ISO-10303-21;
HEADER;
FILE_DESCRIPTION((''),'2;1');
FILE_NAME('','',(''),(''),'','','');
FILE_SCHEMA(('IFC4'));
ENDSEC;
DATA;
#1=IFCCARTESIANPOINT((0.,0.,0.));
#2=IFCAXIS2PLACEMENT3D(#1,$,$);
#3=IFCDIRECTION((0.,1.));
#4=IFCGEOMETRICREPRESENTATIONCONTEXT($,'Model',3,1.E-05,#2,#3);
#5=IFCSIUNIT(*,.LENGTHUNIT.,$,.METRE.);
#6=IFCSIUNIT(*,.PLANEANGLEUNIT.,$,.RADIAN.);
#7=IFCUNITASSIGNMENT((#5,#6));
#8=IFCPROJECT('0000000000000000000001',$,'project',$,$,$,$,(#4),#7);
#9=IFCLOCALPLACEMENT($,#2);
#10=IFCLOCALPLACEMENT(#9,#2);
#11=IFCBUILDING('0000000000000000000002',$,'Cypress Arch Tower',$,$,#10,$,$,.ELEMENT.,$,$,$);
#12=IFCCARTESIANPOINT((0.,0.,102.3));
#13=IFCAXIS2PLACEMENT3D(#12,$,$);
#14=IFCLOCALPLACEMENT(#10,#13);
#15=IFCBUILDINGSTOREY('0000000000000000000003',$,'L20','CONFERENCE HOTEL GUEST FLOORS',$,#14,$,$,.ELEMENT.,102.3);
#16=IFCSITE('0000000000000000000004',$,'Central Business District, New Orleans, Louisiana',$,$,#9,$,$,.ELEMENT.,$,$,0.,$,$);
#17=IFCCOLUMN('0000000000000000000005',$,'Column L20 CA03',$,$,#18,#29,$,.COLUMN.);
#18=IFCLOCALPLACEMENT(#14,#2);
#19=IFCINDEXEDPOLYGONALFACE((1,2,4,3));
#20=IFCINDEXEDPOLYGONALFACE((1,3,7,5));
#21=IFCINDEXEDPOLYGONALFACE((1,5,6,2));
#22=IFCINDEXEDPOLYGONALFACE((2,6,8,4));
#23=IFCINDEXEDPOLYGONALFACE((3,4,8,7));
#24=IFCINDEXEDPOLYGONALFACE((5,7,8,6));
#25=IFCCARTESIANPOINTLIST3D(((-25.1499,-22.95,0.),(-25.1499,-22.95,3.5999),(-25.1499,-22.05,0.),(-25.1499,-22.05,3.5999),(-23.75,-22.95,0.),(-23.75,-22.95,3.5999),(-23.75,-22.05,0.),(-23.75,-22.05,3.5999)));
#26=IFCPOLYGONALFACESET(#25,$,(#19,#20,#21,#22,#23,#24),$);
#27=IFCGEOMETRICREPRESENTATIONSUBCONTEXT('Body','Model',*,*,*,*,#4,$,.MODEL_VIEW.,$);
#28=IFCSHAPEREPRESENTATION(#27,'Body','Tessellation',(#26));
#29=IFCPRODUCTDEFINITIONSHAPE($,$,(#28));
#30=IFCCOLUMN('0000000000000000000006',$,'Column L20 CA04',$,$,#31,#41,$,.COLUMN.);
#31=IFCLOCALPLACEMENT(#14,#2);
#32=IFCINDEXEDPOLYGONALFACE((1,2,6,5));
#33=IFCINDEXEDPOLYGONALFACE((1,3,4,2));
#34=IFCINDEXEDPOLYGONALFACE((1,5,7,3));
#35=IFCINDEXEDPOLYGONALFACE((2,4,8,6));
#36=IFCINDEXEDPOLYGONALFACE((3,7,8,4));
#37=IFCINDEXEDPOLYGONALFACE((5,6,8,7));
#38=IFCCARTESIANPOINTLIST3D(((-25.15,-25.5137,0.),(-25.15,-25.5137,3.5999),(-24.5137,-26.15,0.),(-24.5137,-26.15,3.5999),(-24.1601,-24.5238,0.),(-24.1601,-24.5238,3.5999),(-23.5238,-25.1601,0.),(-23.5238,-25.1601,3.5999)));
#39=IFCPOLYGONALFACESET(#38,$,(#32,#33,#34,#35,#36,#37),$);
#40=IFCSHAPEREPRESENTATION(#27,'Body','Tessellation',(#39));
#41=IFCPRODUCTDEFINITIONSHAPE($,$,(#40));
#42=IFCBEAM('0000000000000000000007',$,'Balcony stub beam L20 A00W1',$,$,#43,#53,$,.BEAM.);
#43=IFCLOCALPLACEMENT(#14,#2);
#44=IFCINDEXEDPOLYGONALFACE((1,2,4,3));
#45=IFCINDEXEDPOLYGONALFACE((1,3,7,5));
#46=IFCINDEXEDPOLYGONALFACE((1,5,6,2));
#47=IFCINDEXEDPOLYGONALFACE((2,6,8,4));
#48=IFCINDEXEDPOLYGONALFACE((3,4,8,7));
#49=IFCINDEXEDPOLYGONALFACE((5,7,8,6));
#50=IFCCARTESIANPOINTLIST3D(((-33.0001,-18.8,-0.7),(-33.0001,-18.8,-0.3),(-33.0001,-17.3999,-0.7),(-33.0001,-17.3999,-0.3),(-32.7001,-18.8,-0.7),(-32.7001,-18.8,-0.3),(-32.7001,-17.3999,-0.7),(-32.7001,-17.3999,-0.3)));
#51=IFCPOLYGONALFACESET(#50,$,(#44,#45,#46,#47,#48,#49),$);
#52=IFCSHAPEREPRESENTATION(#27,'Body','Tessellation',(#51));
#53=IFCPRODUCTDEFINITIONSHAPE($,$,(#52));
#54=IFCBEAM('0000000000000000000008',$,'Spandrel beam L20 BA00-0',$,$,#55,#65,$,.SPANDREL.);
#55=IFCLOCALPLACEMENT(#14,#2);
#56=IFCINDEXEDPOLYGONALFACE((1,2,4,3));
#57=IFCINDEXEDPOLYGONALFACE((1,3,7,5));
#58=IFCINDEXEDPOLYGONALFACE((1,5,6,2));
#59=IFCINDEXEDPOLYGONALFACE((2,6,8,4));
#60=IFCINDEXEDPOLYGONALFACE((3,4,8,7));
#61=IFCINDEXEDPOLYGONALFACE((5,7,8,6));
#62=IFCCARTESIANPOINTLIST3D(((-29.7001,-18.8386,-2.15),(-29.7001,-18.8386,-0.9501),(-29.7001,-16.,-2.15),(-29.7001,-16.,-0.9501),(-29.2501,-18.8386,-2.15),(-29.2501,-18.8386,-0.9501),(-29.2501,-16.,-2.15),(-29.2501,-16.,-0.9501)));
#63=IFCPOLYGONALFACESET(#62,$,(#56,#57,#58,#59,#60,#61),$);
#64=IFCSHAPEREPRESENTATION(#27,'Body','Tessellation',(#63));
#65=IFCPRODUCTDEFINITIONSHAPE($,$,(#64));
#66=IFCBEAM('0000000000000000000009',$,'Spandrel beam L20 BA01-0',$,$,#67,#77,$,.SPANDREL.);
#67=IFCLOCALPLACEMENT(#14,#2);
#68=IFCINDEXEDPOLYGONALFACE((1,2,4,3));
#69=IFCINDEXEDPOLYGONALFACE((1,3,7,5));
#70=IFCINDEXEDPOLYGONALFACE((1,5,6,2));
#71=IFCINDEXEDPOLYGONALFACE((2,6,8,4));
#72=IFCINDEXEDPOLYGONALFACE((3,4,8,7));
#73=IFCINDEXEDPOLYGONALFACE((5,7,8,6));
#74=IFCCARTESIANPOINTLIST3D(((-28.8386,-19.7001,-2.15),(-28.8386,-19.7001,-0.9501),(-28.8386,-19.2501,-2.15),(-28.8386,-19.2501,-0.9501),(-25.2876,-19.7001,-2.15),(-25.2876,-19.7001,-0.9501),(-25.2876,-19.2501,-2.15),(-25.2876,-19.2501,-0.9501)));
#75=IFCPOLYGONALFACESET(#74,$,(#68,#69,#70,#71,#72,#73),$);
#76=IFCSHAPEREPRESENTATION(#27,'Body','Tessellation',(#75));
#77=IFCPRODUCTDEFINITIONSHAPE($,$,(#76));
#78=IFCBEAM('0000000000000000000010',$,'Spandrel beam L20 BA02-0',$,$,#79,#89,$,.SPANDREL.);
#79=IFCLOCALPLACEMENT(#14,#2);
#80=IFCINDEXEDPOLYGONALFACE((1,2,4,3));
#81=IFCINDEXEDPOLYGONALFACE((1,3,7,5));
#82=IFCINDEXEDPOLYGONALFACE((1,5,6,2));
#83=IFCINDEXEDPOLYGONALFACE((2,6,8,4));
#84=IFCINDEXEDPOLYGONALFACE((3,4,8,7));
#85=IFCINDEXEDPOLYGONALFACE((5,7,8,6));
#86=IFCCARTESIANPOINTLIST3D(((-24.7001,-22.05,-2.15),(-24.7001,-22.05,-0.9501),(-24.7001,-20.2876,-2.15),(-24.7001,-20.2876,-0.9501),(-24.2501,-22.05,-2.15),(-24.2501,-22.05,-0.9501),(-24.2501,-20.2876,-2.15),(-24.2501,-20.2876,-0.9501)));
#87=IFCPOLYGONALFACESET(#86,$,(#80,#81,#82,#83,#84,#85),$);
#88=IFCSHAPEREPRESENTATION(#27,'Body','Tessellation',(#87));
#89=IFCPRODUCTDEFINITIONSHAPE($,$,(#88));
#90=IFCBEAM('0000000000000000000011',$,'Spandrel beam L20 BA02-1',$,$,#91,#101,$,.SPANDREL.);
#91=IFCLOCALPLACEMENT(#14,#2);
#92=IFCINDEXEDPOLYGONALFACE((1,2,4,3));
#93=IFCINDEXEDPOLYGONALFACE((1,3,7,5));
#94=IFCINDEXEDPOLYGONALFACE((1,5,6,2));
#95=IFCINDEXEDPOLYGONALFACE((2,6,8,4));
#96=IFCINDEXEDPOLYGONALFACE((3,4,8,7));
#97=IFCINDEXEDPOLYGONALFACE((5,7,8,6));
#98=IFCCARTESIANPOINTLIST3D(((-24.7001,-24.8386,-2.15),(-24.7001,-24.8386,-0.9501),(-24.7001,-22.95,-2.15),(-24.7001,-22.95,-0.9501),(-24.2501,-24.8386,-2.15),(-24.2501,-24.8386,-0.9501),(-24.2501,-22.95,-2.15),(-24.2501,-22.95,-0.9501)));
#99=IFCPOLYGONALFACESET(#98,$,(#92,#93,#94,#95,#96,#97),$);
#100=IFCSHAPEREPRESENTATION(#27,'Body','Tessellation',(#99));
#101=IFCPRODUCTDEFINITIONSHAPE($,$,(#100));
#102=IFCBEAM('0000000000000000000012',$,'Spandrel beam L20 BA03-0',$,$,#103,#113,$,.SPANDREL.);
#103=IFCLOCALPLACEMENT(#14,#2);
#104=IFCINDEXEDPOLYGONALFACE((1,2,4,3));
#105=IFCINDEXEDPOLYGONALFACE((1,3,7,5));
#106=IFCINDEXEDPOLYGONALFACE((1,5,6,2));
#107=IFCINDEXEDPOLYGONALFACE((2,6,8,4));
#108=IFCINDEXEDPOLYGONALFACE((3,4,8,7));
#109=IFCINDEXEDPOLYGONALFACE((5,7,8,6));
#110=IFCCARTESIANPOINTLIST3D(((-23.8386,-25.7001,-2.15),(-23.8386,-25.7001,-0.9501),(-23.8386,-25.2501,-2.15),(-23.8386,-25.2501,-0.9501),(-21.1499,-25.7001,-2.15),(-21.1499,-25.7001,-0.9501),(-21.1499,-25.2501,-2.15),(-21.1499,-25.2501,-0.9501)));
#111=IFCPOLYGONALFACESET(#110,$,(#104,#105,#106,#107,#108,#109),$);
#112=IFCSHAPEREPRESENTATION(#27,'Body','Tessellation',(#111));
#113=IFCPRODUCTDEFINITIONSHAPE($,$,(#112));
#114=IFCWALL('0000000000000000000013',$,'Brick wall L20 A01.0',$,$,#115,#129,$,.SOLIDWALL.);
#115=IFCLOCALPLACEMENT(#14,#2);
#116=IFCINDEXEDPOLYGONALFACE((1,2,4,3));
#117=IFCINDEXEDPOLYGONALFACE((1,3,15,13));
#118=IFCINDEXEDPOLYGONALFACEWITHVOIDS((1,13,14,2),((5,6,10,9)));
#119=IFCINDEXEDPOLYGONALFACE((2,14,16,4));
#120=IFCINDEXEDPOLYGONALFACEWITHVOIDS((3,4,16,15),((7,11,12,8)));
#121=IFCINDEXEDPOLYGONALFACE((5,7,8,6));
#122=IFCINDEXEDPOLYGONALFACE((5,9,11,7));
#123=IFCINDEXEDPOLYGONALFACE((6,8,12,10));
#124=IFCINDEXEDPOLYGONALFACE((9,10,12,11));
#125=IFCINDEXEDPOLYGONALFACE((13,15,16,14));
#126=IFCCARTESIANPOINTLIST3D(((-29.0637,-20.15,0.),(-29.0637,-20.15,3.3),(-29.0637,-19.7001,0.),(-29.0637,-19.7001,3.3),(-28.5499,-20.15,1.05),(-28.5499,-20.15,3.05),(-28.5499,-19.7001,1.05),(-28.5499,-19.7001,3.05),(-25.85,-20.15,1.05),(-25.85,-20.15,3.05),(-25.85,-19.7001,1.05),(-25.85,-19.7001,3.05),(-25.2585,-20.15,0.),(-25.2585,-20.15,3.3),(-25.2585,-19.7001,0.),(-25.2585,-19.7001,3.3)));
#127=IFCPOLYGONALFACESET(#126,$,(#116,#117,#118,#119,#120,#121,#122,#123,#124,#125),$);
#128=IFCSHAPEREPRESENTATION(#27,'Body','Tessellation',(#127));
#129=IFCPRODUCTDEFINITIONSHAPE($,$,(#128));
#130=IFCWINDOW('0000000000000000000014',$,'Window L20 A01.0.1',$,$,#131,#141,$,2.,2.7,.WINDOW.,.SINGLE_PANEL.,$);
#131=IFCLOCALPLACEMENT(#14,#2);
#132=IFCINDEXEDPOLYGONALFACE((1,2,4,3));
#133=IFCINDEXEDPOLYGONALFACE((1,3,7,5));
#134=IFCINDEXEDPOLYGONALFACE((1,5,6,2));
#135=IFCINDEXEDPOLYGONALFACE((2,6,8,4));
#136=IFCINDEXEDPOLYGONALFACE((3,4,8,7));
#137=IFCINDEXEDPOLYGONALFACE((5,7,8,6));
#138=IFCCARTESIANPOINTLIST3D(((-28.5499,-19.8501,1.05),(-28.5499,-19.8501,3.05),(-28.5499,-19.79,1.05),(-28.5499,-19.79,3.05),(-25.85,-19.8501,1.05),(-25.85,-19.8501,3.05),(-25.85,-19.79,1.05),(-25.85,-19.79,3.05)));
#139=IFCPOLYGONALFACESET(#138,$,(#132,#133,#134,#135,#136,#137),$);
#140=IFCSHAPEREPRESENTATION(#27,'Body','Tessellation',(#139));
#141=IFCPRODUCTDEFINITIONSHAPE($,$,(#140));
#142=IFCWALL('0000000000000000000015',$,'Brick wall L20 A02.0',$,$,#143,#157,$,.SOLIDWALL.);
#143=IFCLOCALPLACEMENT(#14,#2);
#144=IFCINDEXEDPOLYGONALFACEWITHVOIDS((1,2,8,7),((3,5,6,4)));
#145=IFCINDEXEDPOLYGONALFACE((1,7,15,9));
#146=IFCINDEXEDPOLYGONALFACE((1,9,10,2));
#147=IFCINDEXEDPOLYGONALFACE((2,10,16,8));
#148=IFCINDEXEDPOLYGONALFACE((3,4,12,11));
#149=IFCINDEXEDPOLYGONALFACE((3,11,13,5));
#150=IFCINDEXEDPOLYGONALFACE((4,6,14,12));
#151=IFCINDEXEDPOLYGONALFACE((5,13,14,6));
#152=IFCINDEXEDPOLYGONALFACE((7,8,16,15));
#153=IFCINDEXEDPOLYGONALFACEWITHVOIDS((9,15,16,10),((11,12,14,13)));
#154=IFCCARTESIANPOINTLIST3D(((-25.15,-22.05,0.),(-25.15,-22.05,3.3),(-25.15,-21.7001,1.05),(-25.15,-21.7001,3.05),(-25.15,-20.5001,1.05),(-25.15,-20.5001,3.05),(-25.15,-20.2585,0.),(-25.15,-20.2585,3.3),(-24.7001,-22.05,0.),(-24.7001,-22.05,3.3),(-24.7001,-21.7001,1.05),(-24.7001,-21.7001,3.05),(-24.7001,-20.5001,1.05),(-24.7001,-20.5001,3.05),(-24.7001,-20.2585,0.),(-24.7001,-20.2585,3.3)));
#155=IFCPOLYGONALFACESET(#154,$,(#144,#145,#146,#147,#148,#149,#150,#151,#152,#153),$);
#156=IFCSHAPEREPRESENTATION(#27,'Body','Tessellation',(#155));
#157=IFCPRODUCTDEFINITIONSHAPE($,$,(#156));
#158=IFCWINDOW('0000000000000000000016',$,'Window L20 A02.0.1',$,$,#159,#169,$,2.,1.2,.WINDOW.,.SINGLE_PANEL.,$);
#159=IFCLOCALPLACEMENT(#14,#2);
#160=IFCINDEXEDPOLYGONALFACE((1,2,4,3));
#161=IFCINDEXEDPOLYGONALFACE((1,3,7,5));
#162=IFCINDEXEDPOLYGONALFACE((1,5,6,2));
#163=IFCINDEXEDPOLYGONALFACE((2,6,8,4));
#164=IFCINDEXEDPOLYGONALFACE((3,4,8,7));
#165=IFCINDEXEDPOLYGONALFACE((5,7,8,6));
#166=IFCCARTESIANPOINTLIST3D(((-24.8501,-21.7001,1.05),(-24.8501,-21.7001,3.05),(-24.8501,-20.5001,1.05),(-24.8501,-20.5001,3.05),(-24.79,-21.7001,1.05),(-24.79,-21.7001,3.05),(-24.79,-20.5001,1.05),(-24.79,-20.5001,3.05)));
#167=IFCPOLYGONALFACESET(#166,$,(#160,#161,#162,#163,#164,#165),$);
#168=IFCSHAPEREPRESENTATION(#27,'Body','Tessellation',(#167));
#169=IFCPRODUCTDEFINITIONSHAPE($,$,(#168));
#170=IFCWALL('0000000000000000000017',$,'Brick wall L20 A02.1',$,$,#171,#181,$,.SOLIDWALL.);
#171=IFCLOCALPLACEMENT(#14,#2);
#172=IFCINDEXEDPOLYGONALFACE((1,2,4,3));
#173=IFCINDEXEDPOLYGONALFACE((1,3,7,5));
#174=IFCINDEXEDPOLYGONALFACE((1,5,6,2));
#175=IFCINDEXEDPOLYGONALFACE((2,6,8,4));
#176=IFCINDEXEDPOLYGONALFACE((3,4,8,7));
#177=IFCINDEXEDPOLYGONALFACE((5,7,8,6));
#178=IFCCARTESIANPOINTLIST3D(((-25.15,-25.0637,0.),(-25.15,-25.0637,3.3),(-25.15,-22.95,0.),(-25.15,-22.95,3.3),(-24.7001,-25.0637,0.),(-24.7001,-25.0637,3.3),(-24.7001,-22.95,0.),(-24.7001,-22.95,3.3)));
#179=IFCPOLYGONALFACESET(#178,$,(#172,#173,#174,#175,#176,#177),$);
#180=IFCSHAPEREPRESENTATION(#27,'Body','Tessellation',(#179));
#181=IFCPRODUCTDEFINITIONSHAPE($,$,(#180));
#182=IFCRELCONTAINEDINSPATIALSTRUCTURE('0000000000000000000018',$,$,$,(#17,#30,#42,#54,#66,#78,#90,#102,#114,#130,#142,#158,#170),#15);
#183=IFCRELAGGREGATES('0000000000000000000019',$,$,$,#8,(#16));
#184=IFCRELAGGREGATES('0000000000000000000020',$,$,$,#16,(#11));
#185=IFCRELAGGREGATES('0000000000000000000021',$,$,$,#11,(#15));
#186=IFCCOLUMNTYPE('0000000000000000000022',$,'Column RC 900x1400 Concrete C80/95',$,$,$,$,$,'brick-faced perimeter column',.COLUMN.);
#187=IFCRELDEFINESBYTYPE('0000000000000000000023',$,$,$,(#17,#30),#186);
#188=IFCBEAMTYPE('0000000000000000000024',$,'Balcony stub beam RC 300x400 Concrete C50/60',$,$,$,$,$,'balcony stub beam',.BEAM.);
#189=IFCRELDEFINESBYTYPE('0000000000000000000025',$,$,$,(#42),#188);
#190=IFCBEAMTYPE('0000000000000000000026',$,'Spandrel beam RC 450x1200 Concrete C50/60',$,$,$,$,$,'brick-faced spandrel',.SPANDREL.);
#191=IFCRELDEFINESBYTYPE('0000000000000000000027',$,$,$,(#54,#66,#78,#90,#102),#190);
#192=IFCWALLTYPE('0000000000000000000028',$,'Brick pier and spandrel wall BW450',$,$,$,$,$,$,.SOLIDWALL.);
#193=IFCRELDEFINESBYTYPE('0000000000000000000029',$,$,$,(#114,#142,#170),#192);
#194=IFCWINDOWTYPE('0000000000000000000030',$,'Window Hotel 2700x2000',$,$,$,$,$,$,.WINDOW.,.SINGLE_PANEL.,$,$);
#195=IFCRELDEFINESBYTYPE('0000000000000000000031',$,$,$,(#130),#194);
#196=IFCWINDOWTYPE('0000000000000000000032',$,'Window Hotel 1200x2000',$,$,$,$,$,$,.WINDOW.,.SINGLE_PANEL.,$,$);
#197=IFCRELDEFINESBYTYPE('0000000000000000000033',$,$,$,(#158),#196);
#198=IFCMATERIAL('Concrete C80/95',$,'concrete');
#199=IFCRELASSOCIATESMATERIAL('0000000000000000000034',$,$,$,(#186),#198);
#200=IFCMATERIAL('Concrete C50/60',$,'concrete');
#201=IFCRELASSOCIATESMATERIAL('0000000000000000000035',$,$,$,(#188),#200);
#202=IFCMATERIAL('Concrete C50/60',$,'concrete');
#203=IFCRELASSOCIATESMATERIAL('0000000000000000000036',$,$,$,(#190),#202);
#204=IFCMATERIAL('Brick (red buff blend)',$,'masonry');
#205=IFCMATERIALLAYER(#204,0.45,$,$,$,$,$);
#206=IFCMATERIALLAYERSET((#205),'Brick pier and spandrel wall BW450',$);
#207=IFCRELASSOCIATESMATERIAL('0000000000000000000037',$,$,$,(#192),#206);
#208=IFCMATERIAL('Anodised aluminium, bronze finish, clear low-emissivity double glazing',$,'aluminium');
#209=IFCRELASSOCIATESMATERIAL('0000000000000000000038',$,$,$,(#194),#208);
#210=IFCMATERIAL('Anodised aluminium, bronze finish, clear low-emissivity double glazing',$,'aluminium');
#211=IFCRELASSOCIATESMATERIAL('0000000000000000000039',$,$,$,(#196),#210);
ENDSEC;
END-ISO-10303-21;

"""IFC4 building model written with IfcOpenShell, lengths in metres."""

from ifc_helpers import new_model, si_unit, direction, frame, frame_2d, origin, origin_2d, place, context, subcontext, project, spatial, rectangle, extrude, material, layer, layer_set, material_profile, profile_set, type_object, element, fill, save


model = new_model("IFC4")

# Units and contexts
model_context = context("Model", 3, precision=1e-05, world=origin(), true_north=direction((0.0, 1.0)))
body_context = subcontext(model_context, "Body", "Model", "MODEL_VIEW")
ifc_project = project(units=[si_unit("LENGTHUNIT", "METRE"), si_unit("PLANEANGLEUNIT", "RADIAN")], contexts=[model_context])

# Site, building, storey
site_placement = place(None, origin())
site = spatial("IfcSite", under=ifc_project, at=site_placement, Name="Central Business District, New Orleans, Louisiana", CompositionType="ELEMENT", RefElevation=0.0)
building_placement = place(site_placement, origin())
building = spatial("IfcBuilding", under=site, at=building_placement, Name="Cypress Arch Tower", CompositionType="ELEMENT")
storey_placement = place(building_placement, frame((0.0, 0.0, 102.3)))
storey = spatial("IfcBuildingStorey", under=building, at=storey_placement, Name="L20", Description="CONFERENCE HOTEL GUEST FLOORS", CompositionType="ELEMENT", Elevation=102.3)

# Columns
ifc_material_1 = material(Name="Concrete C80/95", Category="concrete")
ifc_material_profile_1 = material_profile(ifc_material_1, rectangle(XDim=0.8999, YDim=1.3999, at=origin_2d()), Name="RC 900x1400")
ifc_profile_set_1 = profile_set([ifc_material_profile_1], Name="Concrete C80/95")
column_type = type_object("IfcColumnType", Name="Column RC 900x1400 Concrete C80/95", ElementType="brick-faced perimeter column", PredefinedType="COLUMN", material=ifc_profile_set_1)
for number, where, z_axis, x_axis, name in (
    (1, (-24.45, -22.5, 0.0), (0.0, 0.0, 1.0), (0.0, -1.0, 0.0), "Column L20 CA03"),
    (2, (-24.3369, -25.3369, 0.0), (0.0, 0.0, 1.0), (0.707107, -0.707107, 0.0), "Column L20 CA04"),
):
    element("IfcColumn", number, at=place(storey_placement, frame(where, z_axis=z_axis, x_axis=x_axis)), inside=storey, type_object=column_type, Name=name, PredefinedType="COLUMN", context=body_context, shape_type="SweptSolid", body=[
        extrude(rectangle(XDim=0.8999, YDim=1.3999, at=origin_2d()), origin(), (0.0, 0.0, 1.0), 3.5999),
    ])

# Beams
ifc_material_2 = material(Name="Concrete C50/60", Category="concrete")
ifc_material_profile_2 = material_profile(ifc_material_2, rectangle(XDim=0.3, YDim=0.3999, at=origin_2d()), Name="RC 300x400")
ifc_profile_set_2 = profile_set([ifc_material_profile_2], Name="Concrete C50/60")
beam_type_1 = type_object("IfcBeamType", Name="Balcony stub beam RC 300x400 Concrete C50/60", ElementType="balcony stub beam", PredefinedType="BEAM", material=ifc_profile_set_2)
beam_1_placement = place(storey_placement, frame((-32.8501, -17.3999, -0.5), z_axis=(0.0, -1.0, 0.0), x_axis=(1.0, 0.0, 0.0)))
element("IfcBeam", 3, at=beam_1_placement, inside=storey, type_object=beam_type_1, Name="Balcony stub beam L20 A00W1", PredefinedType="BEAM", context=body_context, shape_type="SweptSolid", body=[
    extrude(rectangle(XDim=0.3, YDim=0.3999, at=origin_2d()), origin(), (0.0, 0.0, 1.0), 1.4001),
])
ifc_material_3 = material(Name="Concrete C50/60", Category="concrete")
ifc_material_profile_3 = material_profile(ifc_material_3, rectangle(XDim=0.45, YDim=1.2, at=origin_2d()), Name="RC 450x1200")
ifc_profile_set_3 = profile_set([ifc_material_profile_3], Name="Concrete C50/60")
beam_type_2 = type_object("IfcBeamType", Name="Spandrel beam RC 450x1200 Concrete C50/60", ElementType="brick-faced spandrel", PredefinedType="SPANDREL", material=ifc_profile_set_3)
beam_2_placement = place(storey_placement, frame((-29.4751, -16.0, -1.55), z_axis=(0.0, -1.0, 0.0), x_axis=(1.0, 0.0, 0.0)))
element("IfcBeam", 4, at=beam_2_placement, inside=storey, type_object=beam_type_2, Name="Spandrel beam L20 BA00-0", PredefinedType="SPANDREL", context=body_context, shape_type="SweptSolid", body=[
    extrude(rectangle(XDim=0.45, YDim=1.2, at=origin_2d()), origin(), (0.0, 0.0, 1.0), 2.8386),
])
beam_3_placement = place(storey_placement, frame((-28.8386, -19.4751, -1.55), z_axis=(1.0, 0.0, 0.0), x_axis=(0.0, 1.0, 0.0)))
element("IfcBeam", 5, at=beam_3_placement, inside=storey, type_object=beam_type_2, Name="Spandrel beam L20 BA01-0", PredefinedType="SPANDREL", context=body_context, shape_type="SweptSolid", body=[
    extrude(rectangle(XDim=0.45, YDim=1.2, at=origin_2d()), origin(), (0.0, 0.0, 1.0), 3.551),
])
beam_4_placement = place(storey_placement, frame((-24.4751, -20.2876, -1.55), z_axis=(0.0, -1.0, 0.0), x_axis=(1.0, 0.0, 0.0)))
element("IfcBeam", 6, at=beam_4_placement, inside=storey, type_object=beam_type_2, Name="Spandrel beam L20 BA02-0", PredefinedType="SPANDREL", context=body_context, shape_type="SweptSolid", body=[
    extrude(rectangle(XDim=0.45, YDim=1.2, at=origin_2d()), origin(), (0.0, 0.0, 1.0), 1.7625),
])
beam_5_placement = place(storey_placement, frame((-24.4751, -22.95, -1.55), z_axis=(0.0, -1.0, 0.0), x_axis=(1.0, 0.0, 0.0)))
element("IfcBeam", 7, at=beam_5_placement, inside=storey, type_object=beam_type_2, Name="Spandrel beam L20 BA02-1", PredefinedType="SPANDREL", context=body_context, shape_type="SweptSolid", body=[
    extrude(rectangle(XDim=0.45, YDim=1.2, at=origin_2d()), origin(), (0.0, 0.0, 1.0), 1.8887),
])
beam_6_placement = place(storey_placement, frame((-23.8386, -25.4751, -1.55), z_axis=(1.0, 0.0, 0.0), x_axis=(0.0, 1.0, 0.0)))
element("IfcBeam", 8, at=beam_6_placement, inside=storey, type_object=beam_type_2, Name="Spandrel beam L20 BA03-0", PredefinedType="SPANDREL", context=body_context, shape_type="SweptSolid", body=[
    extrude(rectangle(XDim=0.45, YDim=1.2, at=origin_2d()), origin(), (0.0, 0.0, 1.0), 2.6887),
])

# Walls, openings, windows
ifc_material_4 = material(Name="Brick (red buff blend)", Category="masonry")
ifc_layer = layer(ifc_material_4, 0.45)
ifc_layer_set = layer_set([ifc_layer], Name="Brick pier and spandrel wall BW450")
wall_type = type_object("IfcWallType", Name="Brick pier and spandrel wall BW450", PredefinedType="SOLIDWALL", material=ifc_layer_set)
wall_1_placement = place(storey_placement, frame((-29.0637, -19.925, 0.0), z_axis=(0.0, 0.0, 1.0), x_axis=(1.0, 0.0, 0.0)))
wall_1 = element("IfcWall", 9, at=wall_1_placement, inside=storey, type_object=wall_type, Name="Brick wall L20 A01.0", PredefinedType="SOLIDWALL", context=body_context, shape_type="SweptSolid", body=[
    extrude(rectangle(XDim=3.8052, YDim=0.45, at=frame_2d((1.9026, 0.0))), origin(), (0.0, 0.0, 1.0), 3.3),
])
opening_1_placement = place(wall_1_placement, frame((0.5137, 0.0, 1.05)))
opening_1 = element("IfcOpeningElement", 10, at=opening_1_placement, cuts=wall_1, PredefinedType="OPENING", context=body_context, shape_type="SweptSolid", body=[
    extrude(rectangle(XDim=2.7, YDim=2.0, at=frame_2d((1.3501, 1.0))), frame((0.0, 0.2349, 0.0), z_axis=(0.0, -1.0, 0.0), x_axis=(1.0, 0.0, 0.0)), (0.0, 0.0, 1.0), 0.47),
])
ifc_material_5 = material(Name="Anodised aluminium, bronze finish, clear low-emissivity double glazing", Category="aluminium")
window_type_1 = type_object("IfcWindowType", Name="Window Hotel 2700x2000", PartitioningType="SINGLE_PANEL", PredefinedType="WINDOW", material=ifc_material_5)
window_1_placement = place(opening_1_placement, origin())
window_1 = element("IfcWindow", 11, at=window_1_placement, inside=storey, type_object=window_type_1, Name="Window L20 A01.0.1", OverallHeight=2.0, OverallWidth=2.7, PartitioningType="SINGLE_PANEL", PredefinedType="WINDOW", context=body_context, shape_type="SweptSolid", body=[
    extrude(rectangle(XDim=2.7, YDim=2.0, at=frame_2d((1.3501, 1.0))), frame((0.0, 0.135, 0.0), z_axis=(0.0, -1.0, 0.0), x_axis=(1.0, 0.0, 0.0)), (0.0, 0.0, 1.0), 0.0601),
])
fill(opening_1, window_1)
wall_2_placement = place(storey_placement, frame((-24.925, -20.2585, 0.0), z_axis=(0.0, 0.0, 1.0), x_axis=(0.0, -1.0, 0.0)))
wall_2 = element("IfcWall", 12, at=wall_2_placement, inside=storey, type_object=wall_type, Name="Brick wall L20 A02.0", PredefinedType="SOLIDWALL", context=body_context, shape_type="SweptSolid", body=[
    extrude(rectangle(XDim=1.7915, YDim=0.45, at=frame_2d((0.8958, 0.0))), origin(), (0.0, 0.0, 1.0), 3.3),
])
opening_2_placement = place(wall_2_placement, frame((0.2415, 0.0, 1.05)))
opening_2 = element("IfcOpeningElement", 13, at=opening_2_placement, cuts=wall_2, PredefinedType="OPENING", context=body_context, shape_type="SweptSolid", body=[
    extrude(rectangle(XDim=1.2, YDim=2.0, at=frame_2d((0.6001, 1.0))), frame((0.0, 0.2349, 0.0), z_axis=(0.0, -1.0, 0.0), x_axis=(1.0, 0.0, 0.0)), (0.0, 0.0, 1.0), 0.47),
])
ifc_material_6 = material(Name="Anodised aluminium, bronze finish, clear low-emissivity double glazing", Category="aluminium")
window_type_2 = type_object("IfcWindowType", Name="Window Hotel 1200x2000", PartitioningType="SINGLE_PANEL", PredefinedType="WINDOW", material=ifc_material_6)
window_2_placement = place(opening_2_placement, origin())
window_2 = element("IfcWindow", 14, at=window_2_placement, inside=storey, type_object=window_type_2, Name="Window L20 A02.0.1", OverallHeight=2.0, OverallWidth=1.2, PartitioningType="SINGLE_PANEL", PredefinedType="WINDOW", context=body_context, shape_type="SweptSolid", body=[
    extrude(rectangle(XDim=1.2, YDim=2.0, at=frame_2d((0.6001, 1.0))), frame((0.0, 0.135, 0.0), z_axis=(0.0, -1.0, 0.0), x_axis=(1.0, 0.0, 0.0)), (0.0, 0.0, 1.0), 0.0601),
])
fill(opening_2, window_2)

# Wall
wall_3_placement = place(storey_placement, frame((-24.925, -22.95, 0.0), z_axis=(0.0, 0.0, 1.0), x_axis=(0.0, -1.0, 0.0)))
element("IfcWall", 15, at=wall_3_placement, inside=storey, type_object=wall_type, Name="Brick wall L20 A02.1", PredefinedType="SOLIDWALL", context=body_context, shape_type="SweptSolid", body=[
    extrude(rectangle(XDim=2.1138, YDim=0.45, at=frame_2d((1.0569, 0.0))), origin(), (0.0, 0.0, 1.0), 3.3),
])

save(model, "model.ifc")
